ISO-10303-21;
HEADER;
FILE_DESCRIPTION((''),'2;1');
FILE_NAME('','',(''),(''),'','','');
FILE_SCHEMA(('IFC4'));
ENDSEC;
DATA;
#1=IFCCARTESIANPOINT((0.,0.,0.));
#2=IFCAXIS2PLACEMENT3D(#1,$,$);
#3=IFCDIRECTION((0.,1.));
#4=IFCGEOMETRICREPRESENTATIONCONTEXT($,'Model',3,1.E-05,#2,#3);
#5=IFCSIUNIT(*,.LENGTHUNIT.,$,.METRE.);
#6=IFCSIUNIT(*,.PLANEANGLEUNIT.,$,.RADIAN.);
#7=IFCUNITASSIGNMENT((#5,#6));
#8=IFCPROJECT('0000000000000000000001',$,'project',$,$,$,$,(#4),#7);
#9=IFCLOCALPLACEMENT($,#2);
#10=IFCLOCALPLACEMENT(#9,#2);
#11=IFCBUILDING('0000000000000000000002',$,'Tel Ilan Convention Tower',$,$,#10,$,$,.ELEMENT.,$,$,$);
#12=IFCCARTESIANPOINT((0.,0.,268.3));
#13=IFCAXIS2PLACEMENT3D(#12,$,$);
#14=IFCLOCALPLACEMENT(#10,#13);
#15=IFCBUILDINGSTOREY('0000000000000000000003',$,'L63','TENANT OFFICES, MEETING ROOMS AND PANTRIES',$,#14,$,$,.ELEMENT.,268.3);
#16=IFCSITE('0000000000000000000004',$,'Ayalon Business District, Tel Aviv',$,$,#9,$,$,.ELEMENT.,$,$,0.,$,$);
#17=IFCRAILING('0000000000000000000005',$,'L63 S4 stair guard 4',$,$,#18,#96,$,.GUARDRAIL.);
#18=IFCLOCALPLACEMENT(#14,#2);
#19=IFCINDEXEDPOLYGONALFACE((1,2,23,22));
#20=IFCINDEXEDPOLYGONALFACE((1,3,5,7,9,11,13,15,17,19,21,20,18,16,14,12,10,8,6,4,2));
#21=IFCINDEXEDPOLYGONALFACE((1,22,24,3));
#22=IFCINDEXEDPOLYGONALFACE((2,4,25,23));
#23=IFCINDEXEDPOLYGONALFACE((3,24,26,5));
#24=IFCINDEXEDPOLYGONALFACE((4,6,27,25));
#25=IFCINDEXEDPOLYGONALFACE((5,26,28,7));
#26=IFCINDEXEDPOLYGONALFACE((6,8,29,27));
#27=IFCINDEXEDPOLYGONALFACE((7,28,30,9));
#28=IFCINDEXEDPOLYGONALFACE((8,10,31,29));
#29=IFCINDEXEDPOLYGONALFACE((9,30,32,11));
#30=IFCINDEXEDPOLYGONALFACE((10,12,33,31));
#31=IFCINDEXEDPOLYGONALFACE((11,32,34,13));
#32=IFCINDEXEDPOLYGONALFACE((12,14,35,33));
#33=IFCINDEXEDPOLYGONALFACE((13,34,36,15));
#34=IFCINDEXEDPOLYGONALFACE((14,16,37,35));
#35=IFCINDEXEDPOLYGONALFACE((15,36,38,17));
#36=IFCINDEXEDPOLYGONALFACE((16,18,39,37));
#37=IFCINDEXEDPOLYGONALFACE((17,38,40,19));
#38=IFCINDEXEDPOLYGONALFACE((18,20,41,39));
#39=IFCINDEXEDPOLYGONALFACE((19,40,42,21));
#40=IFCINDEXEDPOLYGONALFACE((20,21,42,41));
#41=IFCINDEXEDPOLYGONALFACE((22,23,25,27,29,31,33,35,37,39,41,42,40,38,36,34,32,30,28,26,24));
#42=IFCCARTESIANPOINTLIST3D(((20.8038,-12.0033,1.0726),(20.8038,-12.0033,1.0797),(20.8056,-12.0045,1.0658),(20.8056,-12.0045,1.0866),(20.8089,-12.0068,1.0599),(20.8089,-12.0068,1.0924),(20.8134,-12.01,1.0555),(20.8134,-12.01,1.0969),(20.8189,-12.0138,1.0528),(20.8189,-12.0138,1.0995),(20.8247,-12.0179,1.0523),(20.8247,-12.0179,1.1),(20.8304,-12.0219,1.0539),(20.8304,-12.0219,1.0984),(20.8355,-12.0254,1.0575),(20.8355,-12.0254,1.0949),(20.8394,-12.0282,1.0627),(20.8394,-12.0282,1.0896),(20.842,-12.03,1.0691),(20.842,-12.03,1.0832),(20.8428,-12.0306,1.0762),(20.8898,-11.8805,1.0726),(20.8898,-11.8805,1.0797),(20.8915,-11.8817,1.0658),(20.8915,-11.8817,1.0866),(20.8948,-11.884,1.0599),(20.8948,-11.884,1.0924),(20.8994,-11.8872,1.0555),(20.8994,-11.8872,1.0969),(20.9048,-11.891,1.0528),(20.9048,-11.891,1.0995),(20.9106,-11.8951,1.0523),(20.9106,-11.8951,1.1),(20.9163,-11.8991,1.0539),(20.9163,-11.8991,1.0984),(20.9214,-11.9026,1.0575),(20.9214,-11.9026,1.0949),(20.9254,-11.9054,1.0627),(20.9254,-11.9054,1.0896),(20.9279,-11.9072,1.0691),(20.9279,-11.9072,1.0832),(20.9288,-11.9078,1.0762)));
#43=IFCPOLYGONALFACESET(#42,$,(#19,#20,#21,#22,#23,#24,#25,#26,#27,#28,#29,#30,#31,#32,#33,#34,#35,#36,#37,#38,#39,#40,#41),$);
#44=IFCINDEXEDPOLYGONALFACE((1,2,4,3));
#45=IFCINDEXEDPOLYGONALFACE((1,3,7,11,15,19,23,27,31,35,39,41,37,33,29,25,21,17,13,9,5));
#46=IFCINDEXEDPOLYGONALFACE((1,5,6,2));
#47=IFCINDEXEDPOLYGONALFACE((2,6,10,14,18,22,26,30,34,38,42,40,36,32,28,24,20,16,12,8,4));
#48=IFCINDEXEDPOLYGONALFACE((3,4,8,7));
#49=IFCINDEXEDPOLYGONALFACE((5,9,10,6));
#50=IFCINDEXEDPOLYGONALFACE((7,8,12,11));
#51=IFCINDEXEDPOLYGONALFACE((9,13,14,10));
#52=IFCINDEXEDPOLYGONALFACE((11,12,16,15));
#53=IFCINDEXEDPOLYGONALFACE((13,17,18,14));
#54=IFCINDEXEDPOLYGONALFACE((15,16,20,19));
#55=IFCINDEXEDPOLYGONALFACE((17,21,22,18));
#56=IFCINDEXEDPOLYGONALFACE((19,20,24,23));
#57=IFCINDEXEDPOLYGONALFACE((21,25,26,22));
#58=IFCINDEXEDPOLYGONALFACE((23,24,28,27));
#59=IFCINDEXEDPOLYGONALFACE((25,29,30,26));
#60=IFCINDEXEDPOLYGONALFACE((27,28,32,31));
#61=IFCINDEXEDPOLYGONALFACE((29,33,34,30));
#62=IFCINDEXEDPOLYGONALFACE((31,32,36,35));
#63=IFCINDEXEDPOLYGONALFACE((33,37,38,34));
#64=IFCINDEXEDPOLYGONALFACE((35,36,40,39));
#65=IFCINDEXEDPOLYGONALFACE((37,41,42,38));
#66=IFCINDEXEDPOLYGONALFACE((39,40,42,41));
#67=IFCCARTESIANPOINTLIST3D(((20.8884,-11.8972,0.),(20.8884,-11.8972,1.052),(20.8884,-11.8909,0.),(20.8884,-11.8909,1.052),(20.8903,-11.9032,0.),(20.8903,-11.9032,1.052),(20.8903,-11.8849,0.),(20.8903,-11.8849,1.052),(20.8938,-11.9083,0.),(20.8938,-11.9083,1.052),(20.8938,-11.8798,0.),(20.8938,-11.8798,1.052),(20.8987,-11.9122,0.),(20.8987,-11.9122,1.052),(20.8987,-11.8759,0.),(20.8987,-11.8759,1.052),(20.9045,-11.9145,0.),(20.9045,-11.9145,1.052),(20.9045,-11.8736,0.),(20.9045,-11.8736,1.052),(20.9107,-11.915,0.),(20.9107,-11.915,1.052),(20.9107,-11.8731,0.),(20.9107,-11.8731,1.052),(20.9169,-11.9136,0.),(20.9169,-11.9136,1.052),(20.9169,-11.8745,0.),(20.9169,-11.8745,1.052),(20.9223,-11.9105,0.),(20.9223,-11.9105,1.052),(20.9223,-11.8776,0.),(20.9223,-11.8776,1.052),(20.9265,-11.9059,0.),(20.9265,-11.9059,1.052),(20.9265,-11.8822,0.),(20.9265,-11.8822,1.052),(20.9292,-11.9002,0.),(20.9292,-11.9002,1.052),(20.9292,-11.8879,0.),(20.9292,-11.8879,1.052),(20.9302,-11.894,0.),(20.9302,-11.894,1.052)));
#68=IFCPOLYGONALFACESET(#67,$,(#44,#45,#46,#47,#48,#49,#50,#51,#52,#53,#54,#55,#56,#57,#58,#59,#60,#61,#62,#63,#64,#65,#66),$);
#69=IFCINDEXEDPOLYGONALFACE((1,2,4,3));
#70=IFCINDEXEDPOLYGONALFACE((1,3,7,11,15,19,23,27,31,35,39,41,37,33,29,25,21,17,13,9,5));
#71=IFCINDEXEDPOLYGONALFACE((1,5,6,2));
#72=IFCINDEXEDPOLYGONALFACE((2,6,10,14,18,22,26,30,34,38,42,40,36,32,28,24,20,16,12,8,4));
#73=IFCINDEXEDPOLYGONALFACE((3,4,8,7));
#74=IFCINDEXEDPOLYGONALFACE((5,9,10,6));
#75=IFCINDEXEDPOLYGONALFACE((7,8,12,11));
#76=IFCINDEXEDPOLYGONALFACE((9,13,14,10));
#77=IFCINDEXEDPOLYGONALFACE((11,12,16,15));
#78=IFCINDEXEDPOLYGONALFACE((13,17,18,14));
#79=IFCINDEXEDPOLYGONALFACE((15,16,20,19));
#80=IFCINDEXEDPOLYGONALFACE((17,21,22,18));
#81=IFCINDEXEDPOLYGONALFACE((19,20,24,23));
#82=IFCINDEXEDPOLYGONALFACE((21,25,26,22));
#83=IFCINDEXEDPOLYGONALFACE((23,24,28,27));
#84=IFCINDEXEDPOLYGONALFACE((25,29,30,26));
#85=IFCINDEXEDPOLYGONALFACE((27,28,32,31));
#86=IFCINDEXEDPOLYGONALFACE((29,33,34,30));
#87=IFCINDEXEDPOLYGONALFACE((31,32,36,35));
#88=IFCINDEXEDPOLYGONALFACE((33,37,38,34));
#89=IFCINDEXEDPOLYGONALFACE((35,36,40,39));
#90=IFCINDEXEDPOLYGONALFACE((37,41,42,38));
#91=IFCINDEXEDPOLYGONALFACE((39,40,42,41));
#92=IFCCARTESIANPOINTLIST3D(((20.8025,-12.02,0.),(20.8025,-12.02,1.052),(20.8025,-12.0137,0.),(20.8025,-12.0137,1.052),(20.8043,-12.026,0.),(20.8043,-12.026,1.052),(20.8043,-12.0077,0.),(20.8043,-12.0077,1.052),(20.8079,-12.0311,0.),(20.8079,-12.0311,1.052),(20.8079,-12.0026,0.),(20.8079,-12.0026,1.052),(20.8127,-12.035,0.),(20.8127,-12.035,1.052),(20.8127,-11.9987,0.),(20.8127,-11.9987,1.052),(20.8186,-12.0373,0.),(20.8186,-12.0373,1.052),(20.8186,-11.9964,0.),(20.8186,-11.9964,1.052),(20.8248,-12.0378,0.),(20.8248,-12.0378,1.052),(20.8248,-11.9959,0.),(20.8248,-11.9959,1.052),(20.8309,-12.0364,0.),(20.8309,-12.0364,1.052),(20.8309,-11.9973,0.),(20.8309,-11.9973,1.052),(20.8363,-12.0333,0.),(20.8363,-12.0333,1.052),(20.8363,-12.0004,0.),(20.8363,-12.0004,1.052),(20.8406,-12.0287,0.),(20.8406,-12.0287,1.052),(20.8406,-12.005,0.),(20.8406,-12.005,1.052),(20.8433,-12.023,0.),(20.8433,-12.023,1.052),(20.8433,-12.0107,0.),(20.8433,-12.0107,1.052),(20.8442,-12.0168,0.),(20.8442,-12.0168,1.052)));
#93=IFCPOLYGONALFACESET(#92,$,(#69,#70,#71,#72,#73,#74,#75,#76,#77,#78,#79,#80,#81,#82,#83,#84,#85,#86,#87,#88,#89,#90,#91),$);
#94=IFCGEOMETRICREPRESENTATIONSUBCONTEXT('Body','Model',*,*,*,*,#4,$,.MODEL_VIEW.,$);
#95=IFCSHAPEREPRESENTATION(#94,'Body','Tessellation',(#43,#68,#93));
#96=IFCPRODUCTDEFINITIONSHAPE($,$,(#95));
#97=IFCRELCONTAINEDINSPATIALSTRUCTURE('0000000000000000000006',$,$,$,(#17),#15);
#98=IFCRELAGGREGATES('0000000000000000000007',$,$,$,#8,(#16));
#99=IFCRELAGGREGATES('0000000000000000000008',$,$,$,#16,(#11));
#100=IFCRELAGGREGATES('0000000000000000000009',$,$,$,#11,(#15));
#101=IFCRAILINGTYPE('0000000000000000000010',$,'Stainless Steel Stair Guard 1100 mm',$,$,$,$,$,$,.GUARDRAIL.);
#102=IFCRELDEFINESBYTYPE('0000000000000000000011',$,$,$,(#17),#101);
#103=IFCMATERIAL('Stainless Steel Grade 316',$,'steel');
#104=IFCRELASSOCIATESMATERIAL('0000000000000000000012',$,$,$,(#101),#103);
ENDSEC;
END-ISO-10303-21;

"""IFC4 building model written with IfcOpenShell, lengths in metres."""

from ifc_helpers import new_model, si_unit, direction, frame, origin, origin_2d, place, context, subcontext, project, spatial, circle, extrude, material, type_object, element, save


model = new_model("IFC4")

# Units and contexts
model_context = context("Model", 3, precision=1e-05, world=origin(), true_north=direction((0.0, 1.0)))
body_context = subcontext(model_context, "Body", "Model", "MODEL_VIEW")
ifc_project = project(units=[si_unit("LENGTHUNIT", "METRE"), si_unit("PLANEANGLEUNIT", "RADIAN")], contexts=[model_context])

# Site, building, storey
site_placement = place(None, origin())
site = spatial("IfcSite", under=ifc_project, at=site_placement, Name="Ayalon Business District, Tel Aviv", CompositionType="ELEMENT", RefElevation=0.0)
building_placement = place(site_placement, origin())
building = spatial("IfcBuilding", under=site, at=building_placement, Name="Tel Ilan Convention Tower", CompositionType="ELEMENT")
storey_placement = place(building_placement, frame((0.0, 0.0, 268.3)))
storey = spatial("IfcBuildingStorey", under=building, at=storey_placement, Name="L63", Description="TENANT OFFICES, MEETING ROOMS AND PANTRIES", CompositionType="ELEMENT", Elevation=268.3)

# Railing
ifc_material_1 = material(Name="Stainless Steel Grade 316", Category="steel")
railing_type_1 = type_object("IfcRailingType", Name="Stainless Steel Stair Guard 1100 mm", PredefinedType="GUARDRAIL", material=ifc_material_1)
railing_1_placement = place(storey_placement, frame((20.9092, -11.894, 0.0)))
element("IfcRailing", 1, at=railing_1_placement, inside=storey, type_object=railing_type_1, Name="L63 S4 stair guard 4", PredefinedType="GUARDRAIL", context=body_context, shape_type="SweptSolid", body=[
    extrude(circle(Radius=0.0239, at=origin_2d()), frame((0.0, 0.0, 1.0762), z_axis=(-0.573353, -0.819308, 0.0), x_axis=(0.819308, -0.573353, 0.0)), (0.0, 0.0, 1.0), 0.1499),
    extrude(circle(Radius=0.021, at=origin_2d()), origin(), (0.0, 0.0, 1.0), 1.052),
    extrude(circle(Radius=0.021, at=origin_2d()), frame((-0.0859, -0.1228, 0.0)), (0.0, 0.0, 1.0), 1.052),
])

save(model, "model.ifc")
